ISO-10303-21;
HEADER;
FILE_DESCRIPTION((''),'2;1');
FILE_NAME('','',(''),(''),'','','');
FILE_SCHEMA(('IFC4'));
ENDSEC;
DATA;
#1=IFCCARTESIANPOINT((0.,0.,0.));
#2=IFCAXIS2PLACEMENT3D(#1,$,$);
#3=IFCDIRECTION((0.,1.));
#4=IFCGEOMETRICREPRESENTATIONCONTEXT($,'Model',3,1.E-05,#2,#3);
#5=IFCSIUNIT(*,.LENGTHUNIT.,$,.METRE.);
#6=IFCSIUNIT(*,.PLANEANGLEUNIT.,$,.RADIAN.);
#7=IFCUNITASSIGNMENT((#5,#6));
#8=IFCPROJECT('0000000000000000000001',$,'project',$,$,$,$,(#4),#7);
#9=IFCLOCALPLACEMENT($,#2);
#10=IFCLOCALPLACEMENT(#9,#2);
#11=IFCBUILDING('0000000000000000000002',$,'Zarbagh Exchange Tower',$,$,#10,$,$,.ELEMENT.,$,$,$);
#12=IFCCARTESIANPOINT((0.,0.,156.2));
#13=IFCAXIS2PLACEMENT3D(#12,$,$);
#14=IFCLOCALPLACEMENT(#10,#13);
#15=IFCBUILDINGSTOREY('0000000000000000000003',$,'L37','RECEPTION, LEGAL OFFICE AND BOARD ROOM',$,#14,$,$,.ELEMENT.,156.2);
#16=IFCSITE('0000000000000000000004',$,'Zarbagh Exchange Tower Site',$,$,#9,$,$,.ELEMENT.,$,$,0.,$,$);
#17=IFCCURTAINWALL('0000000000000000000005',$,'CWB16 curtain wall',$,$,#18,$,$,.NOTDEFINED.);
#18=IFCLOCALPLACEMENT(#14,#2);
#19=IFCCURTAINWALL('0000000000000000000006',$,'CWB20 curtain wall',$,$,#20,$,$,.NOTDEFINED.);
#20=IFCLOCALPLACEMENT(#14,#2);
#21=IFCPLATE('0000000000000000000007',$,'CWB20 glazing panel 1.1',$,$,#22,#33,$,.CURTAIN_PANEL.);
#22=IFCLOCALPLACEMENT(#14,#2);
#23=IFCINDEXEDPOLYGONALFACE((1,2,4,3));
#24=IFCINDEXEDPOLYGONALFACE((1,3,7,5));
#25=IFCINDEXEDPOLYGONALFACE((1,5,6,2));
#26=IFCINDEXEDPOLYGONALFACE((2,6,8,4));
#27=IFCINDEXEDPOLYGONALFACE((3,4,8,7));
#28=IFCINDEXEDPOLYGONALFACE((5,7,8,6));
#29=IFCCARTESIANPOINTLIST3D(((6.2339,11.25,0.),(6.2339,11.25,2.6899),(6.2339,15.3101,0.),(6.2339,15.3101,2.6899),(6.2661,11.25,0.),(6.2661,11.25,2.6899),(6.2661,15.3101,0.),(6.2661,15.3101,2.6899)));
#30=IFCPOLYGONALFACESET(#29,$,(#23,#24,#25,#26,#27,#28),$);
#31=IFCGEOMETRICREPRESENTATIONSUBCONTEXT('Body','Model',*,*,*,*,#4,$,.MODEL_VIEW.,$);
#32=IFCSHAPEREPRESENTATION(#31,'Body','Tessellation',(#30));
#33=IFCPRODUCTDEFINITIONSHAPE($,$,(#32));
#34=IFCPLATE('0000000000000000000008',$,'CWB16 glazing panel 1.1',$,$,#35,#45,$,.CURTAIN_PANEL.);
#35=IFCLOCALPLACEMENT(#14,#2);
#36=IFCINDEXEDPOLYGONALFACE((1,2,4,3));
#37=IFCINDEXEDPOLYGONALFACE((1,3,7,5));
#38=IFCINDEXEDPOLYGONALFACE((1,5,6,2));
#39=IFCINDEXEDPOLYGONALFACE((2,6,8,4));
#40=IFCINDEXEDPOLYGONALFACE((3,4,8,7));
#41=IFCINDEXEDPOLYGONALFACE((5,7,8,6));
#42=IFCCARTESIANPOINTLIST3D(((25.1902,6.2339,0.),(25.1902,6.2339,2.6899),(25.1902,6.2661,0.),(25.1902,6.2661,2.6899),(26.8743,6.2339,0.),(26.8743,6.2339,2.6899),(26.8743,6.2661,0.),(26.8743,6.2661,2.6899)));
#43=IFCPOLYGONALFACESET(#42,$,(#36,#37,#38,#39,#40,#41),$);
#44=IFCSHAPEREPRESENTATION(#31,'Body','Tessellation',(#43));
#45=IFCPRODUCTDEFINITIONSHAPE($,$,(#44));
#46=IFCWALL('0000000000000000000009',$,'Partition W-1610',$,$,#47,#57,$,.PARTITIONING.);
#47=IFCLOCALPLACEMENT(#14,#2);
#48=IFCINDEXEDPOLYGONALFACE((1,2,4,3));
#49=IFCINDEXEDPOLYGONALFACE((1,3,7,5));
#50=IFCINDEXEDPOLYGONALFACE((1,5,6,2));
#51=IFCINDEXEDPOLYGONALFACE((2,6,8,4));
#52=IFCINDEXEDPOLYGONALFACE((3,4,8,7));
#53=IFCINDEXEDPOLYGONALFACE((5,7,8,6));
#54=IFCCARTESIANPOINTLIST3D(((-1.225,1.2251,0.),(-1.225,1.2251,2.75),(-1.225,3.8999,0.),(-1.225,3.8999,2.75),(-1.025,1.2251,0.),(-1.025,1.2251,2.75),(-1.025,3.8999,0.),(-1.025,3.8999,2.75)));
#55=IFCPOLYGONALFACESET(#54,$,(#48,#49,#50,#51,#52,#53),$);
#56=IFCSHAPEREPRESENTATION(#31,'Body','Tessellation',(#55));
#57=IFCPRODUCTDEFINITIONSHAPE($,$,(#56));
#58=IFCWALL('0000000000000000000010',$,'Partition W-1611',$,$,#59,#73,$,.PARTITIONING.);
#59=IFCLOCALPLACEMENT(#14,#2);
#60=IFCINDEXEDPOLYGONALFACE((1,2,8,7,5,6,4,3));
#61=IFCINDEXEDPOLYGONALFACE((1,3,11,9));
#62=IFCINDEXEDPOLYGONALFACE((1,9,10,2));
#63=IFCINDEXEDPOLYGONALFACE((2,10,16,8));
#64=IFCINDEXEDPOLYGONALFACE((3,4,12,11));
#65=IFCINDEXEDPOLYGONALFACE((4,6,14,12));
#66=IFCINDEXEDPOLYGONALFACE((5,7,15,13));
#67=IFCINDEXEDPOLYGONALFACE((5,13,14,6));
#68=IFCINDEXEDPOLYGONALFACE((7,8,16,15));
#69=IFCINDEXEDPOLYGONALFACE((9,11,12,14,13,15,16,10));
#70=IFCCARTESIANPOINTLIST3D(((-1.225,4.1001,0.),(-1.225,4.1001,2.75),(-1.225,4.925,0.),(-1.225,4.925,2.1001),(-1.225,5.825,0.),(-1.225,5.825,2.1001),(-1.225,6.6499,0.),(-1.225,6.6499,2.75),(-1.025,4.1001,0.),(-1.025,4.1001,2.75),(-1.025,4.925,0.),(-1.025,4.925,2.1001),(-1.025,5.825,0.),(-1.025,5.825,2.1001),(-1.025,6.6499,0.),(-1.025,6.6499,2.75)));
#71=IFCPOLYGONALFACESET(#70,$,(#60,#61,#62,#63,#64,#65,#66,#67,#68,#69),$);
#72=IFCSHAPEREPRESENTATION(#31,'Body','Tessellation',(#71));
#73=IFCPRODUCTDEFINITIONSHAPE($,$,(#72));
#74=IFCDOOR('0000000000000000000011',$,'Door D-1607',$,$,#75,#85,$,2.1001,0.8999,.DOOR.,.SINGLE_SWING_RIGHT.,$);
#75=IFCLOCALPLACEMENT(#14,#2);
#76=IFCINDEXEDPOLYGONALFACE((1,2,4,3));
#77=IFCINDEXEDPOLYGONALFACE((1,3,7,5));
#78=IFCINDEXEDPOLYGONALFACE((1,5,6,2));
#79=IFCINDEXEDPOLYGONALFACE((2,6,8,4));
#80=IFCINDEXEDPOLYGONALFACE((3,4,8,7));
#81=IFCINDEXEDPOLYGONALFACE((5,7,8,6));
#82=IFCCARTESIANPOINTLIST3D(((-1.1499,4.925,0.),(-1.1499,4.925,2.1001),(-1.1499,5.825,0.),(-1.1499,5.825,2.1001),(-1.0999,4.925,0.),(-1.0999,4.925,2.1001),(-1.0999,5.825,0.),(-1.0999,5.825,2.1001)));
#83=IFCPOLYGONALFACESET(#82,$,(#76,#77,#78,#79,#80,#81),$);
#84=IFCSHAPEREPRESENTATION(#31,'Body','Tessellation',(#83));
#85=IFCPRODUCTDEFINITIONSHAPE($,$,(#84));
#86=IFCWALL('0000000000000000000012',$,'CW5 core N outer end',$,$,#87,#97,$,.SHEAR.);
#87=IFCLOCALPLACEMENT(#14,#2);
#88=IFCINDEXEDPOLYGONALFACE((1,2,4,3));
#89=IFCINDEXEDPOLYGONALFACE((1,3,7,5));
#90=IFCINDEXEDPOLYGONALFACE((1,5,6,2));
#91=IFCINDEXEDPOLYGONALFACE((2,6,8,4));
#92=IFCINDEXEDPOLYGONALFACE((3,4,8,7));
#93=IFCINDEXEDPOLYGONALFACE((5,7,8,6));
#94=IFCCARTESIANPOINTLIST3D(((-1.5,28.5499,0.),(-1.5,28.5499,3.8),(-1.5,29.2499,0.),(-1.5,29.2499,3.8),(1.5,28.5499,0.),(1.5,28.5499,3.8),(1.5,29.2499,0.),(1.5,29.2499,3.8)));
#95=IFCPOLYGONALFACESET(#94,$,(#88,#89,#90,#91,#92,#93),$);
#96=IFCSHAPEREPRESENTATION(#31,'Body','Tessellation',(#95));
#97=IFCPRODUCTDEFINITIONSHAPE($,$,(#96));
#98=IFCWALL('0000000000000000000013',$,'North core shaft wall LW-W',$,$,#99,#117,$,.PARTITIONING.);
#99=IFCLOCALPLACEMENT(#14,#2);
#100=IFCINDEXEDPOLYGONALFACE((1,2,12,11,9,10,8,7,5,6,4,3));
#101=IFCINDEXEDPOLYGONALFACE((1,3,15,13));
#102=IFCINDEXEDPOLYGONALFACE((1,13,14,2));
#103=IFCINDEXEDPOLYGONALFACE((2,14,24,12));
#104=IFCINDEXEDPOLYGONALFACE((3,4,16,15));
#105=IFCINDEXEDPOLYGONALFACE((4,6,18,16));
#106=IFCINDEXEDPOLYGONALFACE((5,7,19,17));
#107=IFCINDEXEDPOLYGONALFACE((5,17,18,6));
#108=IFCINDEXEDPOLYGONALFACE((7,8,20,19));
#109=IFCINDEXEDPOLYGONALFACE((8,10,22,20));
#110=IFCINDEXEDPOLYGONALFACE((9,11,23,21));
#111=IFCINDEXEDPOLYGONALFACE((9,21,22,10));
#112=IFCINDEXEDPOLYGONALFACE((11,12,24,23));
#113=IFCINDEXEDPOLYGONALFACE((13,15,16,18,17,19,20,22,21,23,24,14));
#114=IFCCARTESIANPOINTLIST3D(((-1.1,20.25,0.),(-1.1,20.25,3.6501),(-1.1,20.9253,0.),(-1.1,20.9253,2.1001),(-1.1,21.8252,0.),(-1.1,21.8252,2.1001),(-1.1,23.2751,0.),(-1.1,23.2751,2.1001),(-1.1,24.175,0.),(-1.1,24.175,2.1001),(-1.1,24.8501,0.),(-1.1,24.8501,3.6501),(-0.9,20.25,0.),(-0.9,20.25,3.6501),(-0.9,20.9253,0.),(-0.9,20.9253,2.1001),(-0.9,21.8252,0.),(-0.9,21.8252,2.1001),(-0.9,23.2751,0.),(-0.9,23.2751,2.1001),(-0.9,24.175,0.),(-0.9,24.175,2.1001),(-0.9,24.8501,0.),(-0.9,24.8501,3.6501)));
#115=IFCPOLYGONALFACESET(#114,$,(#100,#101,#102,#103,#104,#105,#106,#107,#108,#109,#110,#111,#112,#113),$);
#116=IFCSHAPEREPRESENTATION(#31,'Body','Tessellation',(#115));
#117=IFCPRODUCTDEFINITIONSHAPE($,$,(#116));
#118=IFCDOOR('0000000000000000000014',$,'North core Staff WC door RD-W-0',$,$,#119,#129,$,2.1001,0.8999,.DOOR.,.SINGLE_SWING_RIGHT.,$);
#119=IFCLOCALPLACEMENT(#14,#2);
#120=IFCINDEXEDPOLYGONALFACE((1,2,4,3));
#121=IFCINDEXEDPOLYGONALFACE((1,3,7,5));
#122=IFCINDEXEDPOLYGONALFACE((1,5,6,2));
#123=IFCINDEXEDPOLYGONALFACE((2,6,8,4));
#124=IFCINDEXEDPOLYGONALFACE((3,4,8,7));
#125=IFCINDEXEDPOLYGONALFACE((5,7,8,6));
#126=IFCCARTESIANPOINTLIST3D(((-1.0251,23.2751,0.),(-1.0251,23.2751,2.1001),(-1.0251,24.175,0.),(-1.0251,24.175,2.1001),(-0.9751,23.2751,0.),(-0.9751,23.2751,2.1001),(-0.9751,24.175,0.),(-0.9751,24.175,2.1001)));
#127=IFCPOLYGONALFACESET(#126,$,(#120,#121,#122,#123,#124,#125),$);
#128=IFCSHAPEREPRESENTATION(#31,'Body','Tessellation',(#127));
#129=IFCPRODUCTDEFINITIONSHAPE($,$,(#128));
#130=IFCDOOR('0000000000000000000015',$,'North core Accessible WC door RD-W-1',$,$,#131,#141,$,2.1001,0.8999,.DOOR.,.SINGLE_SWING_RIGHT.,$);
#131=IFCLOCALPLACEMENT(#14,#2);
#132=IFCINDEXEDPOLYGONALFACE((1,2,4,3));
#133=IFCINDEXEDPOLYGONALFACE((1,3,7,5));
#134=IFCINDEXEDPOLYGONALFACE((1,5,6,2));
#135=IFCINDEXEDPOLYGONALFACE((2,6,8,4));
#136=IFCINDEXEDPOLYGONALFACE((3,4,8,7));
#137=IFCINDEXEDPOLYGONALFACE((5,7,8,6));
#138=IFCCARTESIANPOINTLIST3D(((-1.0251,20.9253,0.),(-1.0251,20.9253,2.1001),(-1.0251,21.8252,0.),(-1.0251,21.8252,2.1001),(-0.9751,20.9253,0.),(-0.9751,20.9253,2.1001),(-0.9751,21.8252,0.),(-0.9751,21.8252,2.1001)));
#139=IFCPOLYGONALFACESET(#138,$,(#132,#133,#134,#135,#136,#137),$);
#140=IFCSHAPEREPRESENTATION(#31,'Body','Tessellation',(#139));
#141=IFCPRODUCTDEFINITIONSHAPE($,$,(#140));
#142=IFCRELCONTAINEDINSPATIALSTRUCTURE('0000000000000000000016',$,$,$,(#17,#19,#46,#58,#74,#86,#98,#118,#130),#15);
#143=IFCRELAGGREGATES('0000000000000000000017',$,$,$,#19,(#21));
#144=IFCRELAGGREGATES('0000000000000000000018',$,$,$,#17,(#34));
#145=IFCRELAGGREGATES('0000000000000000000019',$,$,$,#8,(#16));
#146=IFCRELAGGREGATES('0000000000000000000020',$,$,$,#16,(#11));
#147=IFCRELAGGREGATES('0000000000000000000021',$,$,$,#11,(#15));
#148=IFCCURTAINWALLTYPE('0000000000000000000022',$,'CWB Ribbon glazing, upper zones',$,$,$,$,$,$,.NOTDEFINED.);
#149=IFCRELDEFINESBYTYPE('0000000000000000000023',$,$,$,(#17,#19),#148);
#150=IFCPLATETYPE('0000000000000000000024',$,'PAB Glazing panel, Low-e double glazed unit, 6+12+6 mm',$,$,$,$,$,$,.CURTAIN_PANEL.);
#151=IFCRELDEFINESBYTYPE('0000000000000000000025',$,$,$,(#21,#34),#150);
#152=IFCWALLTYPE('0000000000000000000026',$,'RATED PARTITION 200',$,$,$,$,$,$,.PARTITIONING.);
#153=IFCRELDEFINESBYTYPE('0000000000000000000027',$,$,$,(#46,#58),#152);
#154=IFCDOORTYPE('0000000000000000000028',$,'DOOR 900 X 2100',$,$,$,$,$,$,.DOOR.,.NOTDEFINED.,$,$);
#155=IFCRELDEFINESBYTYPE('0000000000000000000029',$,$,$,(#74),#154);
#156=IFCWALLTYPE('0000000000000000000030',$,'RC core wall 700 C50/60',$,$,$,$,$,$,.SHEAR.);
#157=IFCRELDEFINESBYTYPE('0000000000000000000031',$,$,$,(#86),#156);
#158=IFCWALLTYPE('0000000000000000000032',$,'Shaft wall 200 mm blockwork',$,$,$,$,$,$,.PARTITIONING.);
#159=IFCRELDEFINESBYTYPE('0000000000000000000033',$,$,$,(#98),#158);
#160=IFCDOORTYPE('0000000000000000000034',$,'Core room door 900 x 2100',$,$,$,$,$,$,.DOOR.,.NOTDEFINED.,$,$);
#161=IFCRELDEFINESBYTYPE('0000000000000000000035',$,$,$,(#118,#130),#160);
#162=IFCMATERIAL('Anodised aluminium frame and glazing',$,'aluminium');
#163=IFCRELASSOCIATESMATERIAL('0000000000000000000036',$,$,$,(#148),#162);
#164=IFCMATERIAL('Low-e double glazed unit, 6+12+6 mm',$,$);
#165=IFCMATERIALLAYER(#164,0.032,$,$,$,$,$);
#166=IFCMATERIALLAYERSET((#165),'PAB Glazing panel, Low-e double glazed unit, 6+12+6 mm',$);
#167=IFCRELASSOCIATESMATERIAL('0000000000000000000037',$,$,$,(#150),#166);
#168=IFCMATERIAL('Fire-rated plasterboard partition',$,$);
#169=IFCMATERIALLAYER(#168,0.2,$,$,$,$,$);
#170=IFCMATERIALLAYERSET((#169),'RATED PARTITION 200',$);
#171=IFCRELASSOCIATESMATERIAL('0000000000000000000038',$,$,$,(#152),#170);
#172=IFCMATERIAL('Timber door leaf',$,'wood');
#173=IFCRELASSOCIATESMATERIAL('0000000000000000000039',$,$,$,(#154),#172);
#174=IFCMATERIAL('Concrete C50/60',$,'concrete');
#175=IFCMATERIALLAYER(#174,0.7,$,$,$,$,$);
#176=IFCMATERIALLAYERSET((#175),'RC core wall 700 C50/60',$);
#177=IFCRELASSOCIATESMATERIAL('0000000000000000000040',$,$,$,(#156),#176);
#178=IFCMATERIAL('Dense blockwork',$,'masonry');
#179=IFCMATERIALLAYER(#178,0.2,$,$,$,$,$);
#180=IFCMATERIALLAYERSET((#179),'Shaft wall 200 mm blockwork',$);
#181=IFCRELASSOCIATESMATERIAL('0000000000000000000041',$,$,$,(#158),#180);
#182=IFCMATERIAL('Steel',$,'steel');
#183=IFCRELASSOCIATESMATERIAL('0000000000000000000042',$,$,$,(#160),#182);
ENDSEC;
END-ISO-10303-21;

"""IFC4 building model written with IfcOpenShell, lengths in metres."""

from ifc_helpers import new_model, si_unit, direction, frame, frame_2d, origin, place, context, subcontext, project, spatial, polyline, rectangle, outline, extrude, source, transform, mapped, material, layer, layer_set, type_object, element, fill, aggregate, save


model = new_model("IFC4")

# Units and contexts
model_context = context("Model", 3, precision=1e-05, world=origin(), true_north=direction((0.0, 1.0)))
body_context = subcontext(model_context, "Body", "Model", "MODEL_VIEW")
ifc_project = project(units=[si_unit("LENGTHUNIT", "METRE"), si_unit("PLANEANGLEUNIT", "RADIAN")], contexts=[model_context])

# Site, building, storey
site_placement = place(None, origin())
site = spatial("IfcSite", under=ifc_project, at=site_placement, Name="Zarbagh Exchange Tower Site", CompositionType="ELEMENT", RefElevation=0.0)
building_placement = place(site_placement, origin())
building = spatial("IfcBuilding", under=site, at=building_placement, Name="Zarbagh Exchange Tower", CompositionType="ELEMENT")
storey_placement = place(building_placement, frame((0.0, 0.0, 156.2)))
storey = spatial("IfcBuildingStorey", under=building, at=storey_placement, Name="L37", Description="RECEPTION, LEGAL OFFICE AND BOARD ROOM", CompositionType="ELEMENT", Elevation=156.2)

# Curtain wall
ifc_material_1 = material(Name="Anodised aluminium frame and glazing", Category="aluminium")
curtain_wall_type = type_object("IfcCurtainWallType", Name="CWB Ribbon glazing, upper zones", PredefinedType="NOTDEFINED", material=ifc_material_1)
curtain_wall_1_placement = place(storey_placement, origin())
curtain_wall_1 = element("IfcCurtainWall", 1, at=curtain_wall_1_placement, inside=storey, type_object=curtain_wall_type, Name="CWB16 curtain wall", PredefinedType="NOTDEFINED")
placement = place(storey_placement, origin())

# Curtain wall
curtain_wall_2_placement = place(storey_placement, origin())
curtain_wall_2 = element("IfcCurtainWall", 2, at=curtain_wall_2_placement, inside=storey, type_object=curtain_wall_type, Name="CWB20 curtain wall", PredefinedType="NOTDEFINED")

# Shared definitions
ifc_material_2 = material(Name="Low-e double glazed unit, 6+12+6 mm")
ifc_layer_1 = layer(ifc_material_2, 0.032)
ifc_layer_set_1 = layer_set([ifc_layer_1], Name="PAB Glazing panel, Low-e double glazed unit, 6+12+6 mm")
plate_type = type_object("IfcPlateType", Name="PAB Glazing panel, Low-e double glazed unit, 6+12+6 mm", PredefinedType="CURTAIN_PANEL", material=ifc_layer_set_1)

# Plates
shared_shape_1 = source(origin(), body_context, "Body", "SweptSolid", [
    extrude(outline(polyline([(0.0, -0.0161), (4.0601, -0.0161), (4.0601, 0.0161), (0.0, 0.0161), (0.0, -0.0161)])), origin(), (0.0, 0.0, 1.0), 2.6899),
])
plate_1 = element("IfcPlate", 3, at=placement, type_object=plate_type, Name="CWB20 glazing panel 1.1", PredefinedType="CURTAIN_PANEL", context=body_context, shape_type="MappedRepresentation", body=[
    mapped(shared_shape_1, transform((6.25, 11.25, 0.0), x_axis=(0.0, 1.0, 0.0), y_axis=(-1.0, 0.0, 0.0), z_axis=(0.0, 0.0, 1.0))),
])
aggregate(curtain_wall_2, [plate_1])
shared_shape_2 = source(origin(), body_context, "Body", "SweptSolid", [
    extrude(outline(polyline([(0.0, -0.0161), (1.6841, -0.0161), (1.6841, 0.0161), (0.0, 0.0161), (0.0, -0.0161)])), origin(), (0.0, 0.0, 1.0), 2.6899),
])
plate_2 = element("IfcPlate", 4, at=placement, type_object=plate_type, Name="CWB16 glazing panel 1.1", PredefinedType="CURTAIN_PANEL", context=body_context, shape_type="MappedRepresentation", body=[
    mapped(shared_shape_2, transform((26.8743, 6.25, 0.0), x_axis=(-1.0, 0.0, 0.0), y_axis=(0.0, -1.0, 0.0), z_axis=(0.0, 0.0, 1.0))),
])
aggregate(curtain_wall_1, [plate_2])

# Wall
ifc_material_3 = material(Name="Fire-rated plasterboard partition")
ifc_layer_2 = layer(ifc_material_3, 0.2)
ifc_layer_set_2 = layer_set([ifc_layer_2], Name="RATED PARTITION 200")
wall_type_1 = type_object("IfcWallType", Name="RATED PARTITION 200", PredefinedType="PARTITIONING", material=ifc_layer_set_2)
wall_1_placement = place(storey_placement, frame((-1.125, 1.2251, 0.0), z_axis=(0.0, 0.0, 1.0), x_axis=(0.0, 1.0, 0.0)))
element("IfcWall", 5, at=wall_1_placement, inside=storey, type_object=wall_type_1, Name="Partition W-1610", PredefinedType="PARTITIONING", context=body_context, shape_type="SweptSolid", body=[
    extrude(rectangle(XDim=2.6748, YDim=0.2, at=frame_2d((1.3374, 0.0))), origin(), (0.0, 0.0, 1.0), 2.75),
])

# Wall, opening, door
wall_2_placement = place(storey_placement, frame((-1.125, 4.1001, 0.0), z_axis=(0.0, 0.0, 1.0), x_axis=(0.0, 1.0, 0.0)))
wall_2 = element("IfcWall", 6, at=wall_2_placement, inside=storey, type_object=wall_type_1, Name="Partition W-1611", PredefinedType="PARTITIONING", context=body_context, shape_type="SweptSolid", body=[
    extrude(rectangle(XDim=2.5498, YDim=0.2, at=frame_2d((1.2749, 0.0))), origin(), (0.0, 0.0, 1.0), 2.75),
])
opening_1_placement = place(wall_2_placement, frame((0.825, 0.0, 0.0)))
opening_1 = element("IfcOpeningElement", 7, at=opening_1_placement, cuts=wall_2, PredefinedType="OPENING", context=body_context, shape_type="SweptSolid", body=[
    extrude(rectangle(XDim=0.8999, YDim=2.1001, at=frame_2d((0.45, 1.05))), frame((0.0, 0.1099, 0.0), z_axis=(0.0, -1.0, 0.0), x_axis=(1.0, 0.0, 0.0)), (0.0, 0.0, 1.0), 0.22),
])
ifc_material_4 = material(Name="Timber door leaf", Category="wood")
door_type_1 = type_object("IfcDoorType", Name="DOOR 900 X 2100", OperationType="NOTDEFINED", PredefinedType="DOOR", material=ifc_material_4)
door_1_placement = place(opening_1_placement, origin())
door_1 = element("IfcDoor", 8, at=door_1_placement, inside=storey, type_object=door_type_1, Name="Door D-1607", OperationType="SINGLE_SWING_RIGHT", OverallHeight=2.1001, OverallWidth=0.8999, PredefinedType="DOOR", context=body_context, shape_type="SweptSolid", body=[
    extrude(rectangle(XDim=0.8999, YDim=2.1001, at=frame_2d((0.45, 1.05))), frame((0.0, 0.0249, 0.0), z_axis=(0.0, -1.0, 0.0), x_axis=(1.0, 0.0, 0.0)), (0.0, 0.0, 1.0), 0.05),
])
fill(opening_1, door_1)

# Wall
ifc_material_5 = material(Name="Concrete C50/60", Category="concrete")
ifc_layer_3 = layer(ifc_material_5, 0.7)
ifc_layer_set_3 = layer_set([ifc_layer_3], Name="RC core wall 700 C50/60")
wall_type_2 = type_object("IfcWallType", Name="RC core wall 700 C50/60", PredefinedType="SHEAR", material=ifc_layer_set_3)
wall_3_placement = place(storey_placement, frame((-1.5, 28.8999, 0.0), z_axis=(0.0, 0.0, 1.0), x_axis=(1.0, 0.0, 0.0)))
element("IfcWall", 9, at=wall_3_placement, inside=storey, type_object=wall_type_2, Name="CW5 core N outer end", PredefinedType="SHEAR", context=body_context, shape_type="SweptSolid", body=[
    extrude(rectangle(XDim=3.0, YDim=0.7, at=frame_2d((1.5, 0.0))), origin(), (0.0, 0.0, 1.0), 3.8),
])

# Wall, openings, doors
ifc_material_6 = material(Name="Dense blockwork", Category="masonry")
ifc_layer_4 = layer(ifc_material_6, 0.2)
ifc_layer_set_4 = layer_set([ifc_layer_4], Name="Shaft wall 200 mm blockwork")
wall_type_3 = type_object("IfcWallType", Name="Shaft wall 200 mm blockwork", PredefinedType="PARTITIONING", material=ifc_layer_set_4)
wall_4_placement = place(storey_placement, frame((-1.0, 24.8501, 0.0), z_axis=(0.0, 0.0, 1.0), x_axis=(0.0, -1.0, 0.0)))
wall_4 = element("IfcWall", 10, at=wall_4_placement, inside=storey, type_object=wall_type_3, Name="North core shaft wall LW-W", PredefinedType="PARTITIONING", context=body_context, shape_type="SweptSolid", body=[
    extrude(rectangle(XDim=4.6001, YDim=0.2, at=frame_2d((2.3, 0.0))), origin(), (0.0, 0.0, 1.0), 3.6501),
])
opening_2_placement = place(wall_4_placement, frame((0.675, 0.0, 0.0)))
opening_2 = element("IfcOpeningElement", 11, at=opening_2_placement, cuts=wall_4, PredefinedType="OPENING", context=body_context, shape_type="SweptSolid", body=[
    extrude(rectangle(XDim=0.8999, YDim=2.1001, at=frame_2d((0.45, 1.05))), frame((0.0, 0.1099, 0.0), z_axis=(0.0, -1.0, 0.0), x_axis=(1.0, 0.0, 0.0)), (0.0, 0.0, 1.0), 0.22),
])
opening_3_placement = place(wall_4_placement, frame((3.0249, 0.0, 0.0)))
opening_3 = element("IfcOpeningElement", 12, at=opening_3_placement, cuts=wall_4, PredefinedType="OPENING", context=body_context, shape_type="SweptSolid", body=[
    extrude(rectangle(XDim=0.8999, YDim=2.1001, at=frame_2d((0.45, 1.05))), frame((0.0, 0.1099, 0.0), z_axis=(0.0, -1.0, 0.0), x_axis=(1.0, 0.0, 0.0)), (0.0, 0.0, 1.0), 0.22),
])
ifc_material_7 = material(Name="Steel", Category="steel")
door_type_2 = type_object("IfcDoorType", Name="Core room door 900 x 2100", OperationType="NOTDEFINED", PredefinedType="DOOR", material=ifc_material_7)
door_2_placement = place(opening_2_placement, origin())
door_2 = element("IfcDoor", 13, at=door_2_placement, inside=storey, type_object=door_type_2, Name="North core Staff WC door RD-W-0", OperationType="SINGLE_SWING_RIGHT", OverallHeight=2.1001, OverallWidth=0.8999, PredefinedType="DOOR", context=body_context, shape_type="SweptSolid", body=[
    extrude(rectangle(XDim=0.8999, YDim=2.1001, at=frame_2d((0.45, 1.05))), frame((0.0, 0.0249, 0.0), z_axis=(0.0, -1.0, 0.0), x_axis=(1.0, 0.0, 0.0)), (0.0, 0.0, 1.0), 0.05),
])
fill(opening_2, door_2)
door_3_placement = place(opening_3_placement, origin())
door_3 = element("IfcDoor", 14, at=door_3_placement, inside=storey, type_object=door_type_2, Name="North core Accessible WC door RD-W-1", OperationType="SINGLE_SWING_RIGHT", OverallHeight=2.1001, OverallWidth=0.8999, PredefinedType="DOOR", context=body_context, shape_type="SweptSolid", body=[
    extrude(rectangle(XDim=0.8999, YDim=2.1001, at=frame_2d((0.45, 1.05))), frame((0.0, 0.0249, 0.0), z_axis=(0.0, -1.0, 0.0), x_axis=(1.0, 0.0, 0.0)), (0.0, 0.0, 1.0), 0.05),
])
fill(opening_3, door_3)

save(model, "model.ifc")
